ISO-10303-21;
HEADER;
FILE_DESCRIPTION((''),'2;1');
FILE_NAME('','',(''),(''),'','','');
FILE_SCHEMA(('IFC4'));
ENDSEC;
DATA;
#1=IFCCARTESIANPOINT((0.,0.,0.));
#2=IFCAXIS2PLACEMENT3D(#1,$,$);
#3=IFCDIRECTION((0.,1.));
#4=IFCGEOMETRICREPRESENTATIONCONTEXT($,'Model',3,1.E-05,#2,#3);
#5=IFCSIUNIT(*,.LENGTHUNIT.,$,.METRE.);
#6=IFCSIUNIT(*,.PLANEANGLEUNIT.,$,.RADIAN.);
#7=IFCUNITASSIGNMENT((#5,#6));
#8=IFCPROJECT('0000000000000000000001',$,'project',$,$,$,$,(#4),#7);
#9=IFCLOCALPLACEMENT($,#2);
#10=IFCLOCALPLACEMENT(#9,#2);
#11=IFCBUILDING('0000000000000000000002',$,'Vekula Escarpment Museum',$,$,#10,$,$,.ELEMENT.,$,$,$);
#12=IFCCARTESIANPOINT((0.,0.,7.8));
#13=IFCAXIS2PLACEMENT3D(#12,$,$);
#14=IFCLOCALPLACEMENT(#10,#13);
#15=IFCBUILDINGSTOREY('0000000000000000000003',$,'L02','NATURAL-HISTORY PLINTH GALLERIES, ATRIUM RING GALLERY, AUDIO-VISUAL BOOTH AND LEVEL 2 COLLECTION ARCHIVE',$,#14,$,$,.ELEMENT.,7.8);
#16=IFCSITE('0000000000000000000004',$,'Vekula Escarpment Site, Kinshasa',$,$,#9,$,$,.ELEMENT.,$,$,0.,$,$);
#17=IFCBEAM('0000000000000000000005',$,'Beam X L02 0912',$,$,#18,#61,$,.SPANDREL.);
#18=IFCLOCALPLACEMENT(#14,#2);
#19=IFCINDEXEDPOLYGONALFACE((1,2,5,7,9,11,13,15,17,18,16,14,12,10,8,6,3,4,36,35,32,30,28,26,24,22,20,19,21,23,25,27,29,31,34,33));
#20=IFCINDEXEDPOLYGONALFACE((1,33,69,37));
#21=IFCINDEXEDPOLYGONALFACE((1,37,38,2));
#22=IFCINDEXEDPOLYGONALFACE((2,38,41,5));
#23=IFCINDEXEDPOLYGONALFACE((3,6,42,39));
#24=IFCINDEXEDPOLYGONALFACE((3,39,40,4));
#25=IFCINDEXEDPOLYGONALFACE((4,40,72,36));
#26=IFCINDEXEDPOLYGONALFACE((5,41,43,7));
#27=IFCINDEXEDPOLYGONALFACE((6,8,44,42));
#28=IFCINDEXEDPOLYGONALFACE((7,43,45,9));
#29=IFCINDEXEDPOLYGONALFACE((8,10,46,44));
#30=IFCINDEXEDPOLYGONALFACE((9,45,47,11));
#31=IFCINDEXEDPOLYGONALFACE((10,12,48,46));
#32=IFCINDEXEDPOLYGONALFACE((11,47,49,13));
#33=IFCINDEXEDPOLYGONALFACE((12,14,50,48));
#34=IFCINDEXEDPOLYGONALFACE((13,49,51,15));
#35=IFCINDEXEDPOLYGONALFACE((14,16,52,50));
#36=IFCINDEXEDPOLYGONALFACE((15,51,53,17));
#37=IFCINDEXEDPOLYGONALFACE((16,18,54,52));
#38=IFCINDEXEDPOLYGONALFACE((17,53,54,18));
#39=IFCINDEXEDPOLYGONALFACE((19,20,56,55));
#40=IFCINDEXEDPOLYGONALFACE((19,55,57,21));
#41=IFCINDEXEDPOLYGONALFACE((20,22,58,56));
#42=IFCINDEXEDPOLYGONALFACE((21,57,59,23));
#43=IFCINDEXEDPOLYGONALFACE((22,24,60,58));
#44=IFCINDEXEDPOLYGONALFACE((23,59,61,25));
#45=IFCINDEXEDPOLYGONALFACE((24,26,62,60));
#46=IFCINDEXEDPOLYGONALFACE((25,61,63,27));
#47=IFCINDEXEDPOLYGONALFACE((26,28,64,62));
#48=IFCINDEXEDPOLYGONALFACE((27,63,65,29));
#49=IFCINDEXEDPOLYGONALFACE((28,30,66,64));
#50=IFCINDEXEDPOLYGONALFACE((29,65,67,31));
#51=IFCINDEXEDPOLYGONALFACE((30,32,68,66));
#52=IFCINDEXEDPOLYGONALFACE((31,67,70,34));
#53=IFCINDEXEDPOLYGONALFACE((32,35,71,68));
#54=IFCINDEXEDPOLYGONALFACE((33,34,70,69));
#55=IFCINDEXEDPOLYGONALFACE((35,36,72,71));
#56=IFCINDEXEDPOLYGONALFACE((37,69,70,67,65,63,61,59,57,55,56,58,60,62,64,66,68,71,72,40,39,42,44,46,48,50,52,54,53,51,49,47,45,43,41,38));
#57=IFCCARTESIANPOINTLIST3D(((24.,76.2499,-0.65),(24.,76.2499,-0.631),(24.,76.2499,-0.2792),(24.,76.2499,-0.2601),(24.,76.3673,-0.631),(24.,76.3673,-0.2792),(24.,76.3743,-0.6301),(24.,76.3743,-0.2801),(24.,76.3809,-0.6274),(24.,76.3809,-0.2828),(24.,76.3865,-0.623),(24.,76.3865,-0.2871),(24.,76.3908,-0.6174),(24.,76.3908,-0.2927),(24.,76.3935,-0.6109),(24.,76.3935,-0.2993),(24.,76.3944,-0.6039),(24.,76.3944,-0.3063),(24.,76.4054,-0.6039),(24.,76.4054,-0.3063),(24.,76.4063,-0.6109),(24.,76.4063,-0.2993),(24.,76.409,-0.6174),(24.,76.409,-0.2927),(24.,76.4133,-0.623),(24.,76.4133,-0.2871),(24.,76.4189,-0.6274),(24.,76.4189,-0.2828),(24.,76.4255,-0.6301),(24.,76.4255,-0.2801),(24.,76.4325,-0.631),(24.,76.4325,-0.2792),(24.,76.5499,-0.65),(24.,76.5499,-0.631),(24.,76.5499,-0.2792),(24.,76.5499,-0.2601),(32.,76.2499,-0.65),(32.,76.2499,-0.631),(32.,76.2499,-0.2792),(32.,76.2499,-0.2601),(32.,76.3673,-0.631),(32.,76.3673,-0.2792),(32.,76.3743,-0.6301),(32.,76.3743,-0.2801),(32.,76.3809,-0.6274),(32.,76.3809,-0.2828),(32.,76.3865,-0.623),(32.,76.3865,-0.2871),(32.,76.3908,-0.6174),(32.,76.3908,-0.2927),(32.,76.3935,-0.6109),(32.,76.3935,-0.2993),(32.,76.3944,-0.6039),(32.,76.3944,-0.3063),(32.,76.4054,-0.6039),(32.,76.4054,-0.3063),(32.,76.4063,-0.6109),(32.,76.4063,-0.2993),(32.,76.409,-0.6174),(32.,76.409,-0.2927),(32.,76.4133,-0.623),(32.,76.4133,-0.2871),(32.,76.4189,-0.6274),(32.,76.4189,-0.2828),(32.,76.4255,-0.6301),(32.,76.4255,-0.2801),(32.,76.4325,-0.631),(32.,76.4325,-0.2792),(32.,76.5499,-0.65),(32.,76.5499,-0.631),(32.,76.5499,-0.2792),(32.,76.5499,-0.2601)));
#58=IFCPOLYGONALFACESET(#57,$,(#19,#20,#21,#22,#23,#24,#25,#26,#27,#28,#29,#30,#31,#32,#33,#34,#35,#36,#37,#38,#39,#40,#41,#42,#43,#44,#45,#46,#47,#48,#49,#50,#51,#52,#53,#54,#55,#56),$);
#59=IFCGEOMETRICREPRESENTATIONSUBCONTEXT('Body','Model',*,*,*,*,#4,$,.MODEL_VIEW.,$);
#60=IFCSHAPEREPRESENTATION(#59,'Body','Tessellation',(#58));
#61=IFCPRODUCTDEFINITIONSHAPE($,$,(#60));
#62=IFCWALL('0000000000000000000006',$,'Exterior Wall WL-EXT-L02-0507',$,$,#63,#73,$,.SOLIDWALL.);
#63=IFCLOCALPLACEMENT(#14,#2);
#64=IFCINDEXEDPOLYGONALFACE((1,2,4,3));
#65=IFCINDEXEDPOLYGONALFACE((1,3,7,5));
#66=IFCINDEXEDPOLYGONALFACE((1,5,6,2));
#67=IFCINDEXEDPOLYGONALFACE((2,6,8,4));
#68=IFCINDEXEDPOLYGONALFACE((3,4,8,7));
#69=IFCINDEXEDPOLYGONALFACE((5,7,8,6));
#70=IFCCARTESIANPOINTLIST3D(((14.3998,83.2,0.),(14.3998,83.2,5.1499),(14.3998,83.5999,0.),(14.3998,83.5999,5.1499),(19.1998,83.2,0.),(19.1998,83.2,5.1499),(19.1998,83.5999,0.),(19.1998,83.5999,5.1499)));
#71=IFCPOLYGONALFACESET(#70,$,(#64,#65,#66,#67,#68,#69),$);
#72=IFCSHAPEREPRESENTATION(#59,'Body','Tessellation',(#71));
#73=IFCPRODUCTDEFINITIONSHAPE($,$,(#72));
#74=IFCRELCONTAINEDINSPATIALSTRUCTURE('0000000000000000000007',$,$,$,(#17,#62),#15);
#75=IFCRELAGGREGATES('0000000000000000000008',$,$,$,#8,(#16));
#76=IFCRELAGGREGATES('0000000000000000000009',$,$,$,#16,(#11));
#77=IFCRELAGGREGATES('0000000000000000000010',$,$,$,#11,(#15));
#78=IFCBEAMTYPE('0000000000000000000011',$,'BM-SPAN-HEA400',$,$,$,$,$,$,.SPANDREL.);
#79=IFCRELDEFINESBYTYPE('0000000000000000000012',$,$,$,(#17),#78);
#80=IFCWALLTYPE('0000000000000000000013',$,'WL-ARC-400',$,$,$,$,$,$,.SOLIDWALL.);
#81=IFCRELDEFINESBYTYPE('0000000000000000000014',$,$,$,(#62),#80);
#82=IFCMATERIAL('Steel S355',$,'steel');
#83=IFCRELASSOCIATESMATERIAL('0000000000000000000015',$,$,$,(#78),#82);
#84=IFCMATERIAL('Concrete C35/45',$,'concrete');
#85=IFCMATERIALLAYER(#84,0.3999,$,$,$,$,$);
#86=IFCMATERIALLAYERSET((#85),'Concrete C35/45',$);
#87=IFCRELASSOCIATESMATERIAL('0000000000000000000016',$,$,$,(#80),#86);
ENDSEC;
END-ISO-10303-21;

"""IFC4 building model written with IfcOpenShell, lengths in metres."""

from ifc_helpers import new_model, si_unit, direction, frame, frame_2d, origin, origin_2d, place, context, subcontext, project, spatial, rectangle, i_section, extrude, material, layer, layer_set, material_profile, profile_set, type_object, element, save


model = new_model("IFC4")

# Units and contexts
model_context = context("Model", 3, precision=1e-05, world=origin(), true_north=direction((0.0, 1.0)))
body_context = subcontext(model_context, "Body", "Model", "MODEL_VIEW")
ifc_project = project(units=[si_unit("LENGTHUNIT", "METRE"), si_unit("PLANEANGLEUNIT", "RADIAN")], contexts=[model_context])

# Site, building, storey
site_placement = place(None, origin())
site = spatial("IfcSite", under=ifc_project, at=site_placement, Name="Vekula Escarpment Site, Kinshasa", CompositionType="ELEMENT", RefElevation=0.0)
building_placement = place(site_placement, origin())
building = spatial("IfcBuilding", under=site, at=building_placement, Name="Vekula Escarpment Museum", CompositionType="ELEMENT")
storey_placement = place(building_placement, frame((0.0, 0.0, 7.8)))
storey = spatial("IfcBuildingStorey", under=building, at=storey_placement, Name="L02", Description="NATURAL-HISTORY PLINTH GALLERIES, ATRIUM RING GALLERY, AUDIO-VISUAL BOOTH AND LEVEL 2 COLLECTION ARCHIVE", CompositionType="ELEMENT", Elevation=7.8)

# Beam
ifc_material_1 = material(Name="Steel S355", Category="steel")
ifc_material_profile_1 = material_profile(ifc_material_1, i_section(OverallWidth=0.3, OverallDepth=0.3899, WebThickness=0.011, FlangeThickness=0.019, FilletRadius=0.0271, at=origin_2d()), Name="HEA 400")
ifc_profile_set_1 = profile_set([ifc_material_profile_1], Name="Steel S355")
beam_type_1 = type_object("IfcBeamType", Name="BM-SPAN-HEA400", PredefinedType="SPANDREL", material=ifc_profile_set_1)
beam_1_placement = place(storey_placement, frame((24.0, 76.3999, -0.4551), z_axis=(1.0, 0.0, 0.0), x_axis=(0.0, 1.0, 0.0)))
element("IfcBeam", 1, at=beam_1_placement, inside=storey, type_object=beam_type_1, Name="Beam X L02 0912", PredefinedType="SPANDREL", context=body_context, shape_type="SweptSolid", body=[
    extrude(i_section(OverallWidth=0.3, OverallDepth=0.3899, WebThickness=0.011, FlangeThickness=0.019, FilletRadius=0.0271, at=origin_2d()), origin(), (0.0, 0.0, 1.0), 8.0),
])

# Wall
ifc_material_2 = material(Name="Concrete C35/45", Category="concrete")
ifc_layer = layer(ifc_material_2, 0.3999)
ifc_layer_set = layer_set([ifc_layer], Name="Concrete C35/45")
wall_type = type_object("IfcWallType", Name="WL-ARC-400", PredefinedType="SOLIDWALL", material=ifc_layer_set)
wall_placement = place(storey_placement, frame((14.3999, 83.3999, 0.0), z_axis=(0.0, 0.0, 1.0), x_axis=(1.0, 0.0, 0.0)))
element("IfcWall", 2, at=wall_placement, inside=storey, type_object=wall_type, Name="Exterior Wall WL-EXT-L02-0507", PredefinedType="SOLIDWALL", context=body_context, shape_type="SweptSolid", body=[
    extrude(rectangle(XDim=4.8, YDim=0.3999, at=frame_2d((2.3999, 0.0))), origin(), (0.0, 0.0, 1.0), 5.1499),
])

save(model, "model.ifc")
